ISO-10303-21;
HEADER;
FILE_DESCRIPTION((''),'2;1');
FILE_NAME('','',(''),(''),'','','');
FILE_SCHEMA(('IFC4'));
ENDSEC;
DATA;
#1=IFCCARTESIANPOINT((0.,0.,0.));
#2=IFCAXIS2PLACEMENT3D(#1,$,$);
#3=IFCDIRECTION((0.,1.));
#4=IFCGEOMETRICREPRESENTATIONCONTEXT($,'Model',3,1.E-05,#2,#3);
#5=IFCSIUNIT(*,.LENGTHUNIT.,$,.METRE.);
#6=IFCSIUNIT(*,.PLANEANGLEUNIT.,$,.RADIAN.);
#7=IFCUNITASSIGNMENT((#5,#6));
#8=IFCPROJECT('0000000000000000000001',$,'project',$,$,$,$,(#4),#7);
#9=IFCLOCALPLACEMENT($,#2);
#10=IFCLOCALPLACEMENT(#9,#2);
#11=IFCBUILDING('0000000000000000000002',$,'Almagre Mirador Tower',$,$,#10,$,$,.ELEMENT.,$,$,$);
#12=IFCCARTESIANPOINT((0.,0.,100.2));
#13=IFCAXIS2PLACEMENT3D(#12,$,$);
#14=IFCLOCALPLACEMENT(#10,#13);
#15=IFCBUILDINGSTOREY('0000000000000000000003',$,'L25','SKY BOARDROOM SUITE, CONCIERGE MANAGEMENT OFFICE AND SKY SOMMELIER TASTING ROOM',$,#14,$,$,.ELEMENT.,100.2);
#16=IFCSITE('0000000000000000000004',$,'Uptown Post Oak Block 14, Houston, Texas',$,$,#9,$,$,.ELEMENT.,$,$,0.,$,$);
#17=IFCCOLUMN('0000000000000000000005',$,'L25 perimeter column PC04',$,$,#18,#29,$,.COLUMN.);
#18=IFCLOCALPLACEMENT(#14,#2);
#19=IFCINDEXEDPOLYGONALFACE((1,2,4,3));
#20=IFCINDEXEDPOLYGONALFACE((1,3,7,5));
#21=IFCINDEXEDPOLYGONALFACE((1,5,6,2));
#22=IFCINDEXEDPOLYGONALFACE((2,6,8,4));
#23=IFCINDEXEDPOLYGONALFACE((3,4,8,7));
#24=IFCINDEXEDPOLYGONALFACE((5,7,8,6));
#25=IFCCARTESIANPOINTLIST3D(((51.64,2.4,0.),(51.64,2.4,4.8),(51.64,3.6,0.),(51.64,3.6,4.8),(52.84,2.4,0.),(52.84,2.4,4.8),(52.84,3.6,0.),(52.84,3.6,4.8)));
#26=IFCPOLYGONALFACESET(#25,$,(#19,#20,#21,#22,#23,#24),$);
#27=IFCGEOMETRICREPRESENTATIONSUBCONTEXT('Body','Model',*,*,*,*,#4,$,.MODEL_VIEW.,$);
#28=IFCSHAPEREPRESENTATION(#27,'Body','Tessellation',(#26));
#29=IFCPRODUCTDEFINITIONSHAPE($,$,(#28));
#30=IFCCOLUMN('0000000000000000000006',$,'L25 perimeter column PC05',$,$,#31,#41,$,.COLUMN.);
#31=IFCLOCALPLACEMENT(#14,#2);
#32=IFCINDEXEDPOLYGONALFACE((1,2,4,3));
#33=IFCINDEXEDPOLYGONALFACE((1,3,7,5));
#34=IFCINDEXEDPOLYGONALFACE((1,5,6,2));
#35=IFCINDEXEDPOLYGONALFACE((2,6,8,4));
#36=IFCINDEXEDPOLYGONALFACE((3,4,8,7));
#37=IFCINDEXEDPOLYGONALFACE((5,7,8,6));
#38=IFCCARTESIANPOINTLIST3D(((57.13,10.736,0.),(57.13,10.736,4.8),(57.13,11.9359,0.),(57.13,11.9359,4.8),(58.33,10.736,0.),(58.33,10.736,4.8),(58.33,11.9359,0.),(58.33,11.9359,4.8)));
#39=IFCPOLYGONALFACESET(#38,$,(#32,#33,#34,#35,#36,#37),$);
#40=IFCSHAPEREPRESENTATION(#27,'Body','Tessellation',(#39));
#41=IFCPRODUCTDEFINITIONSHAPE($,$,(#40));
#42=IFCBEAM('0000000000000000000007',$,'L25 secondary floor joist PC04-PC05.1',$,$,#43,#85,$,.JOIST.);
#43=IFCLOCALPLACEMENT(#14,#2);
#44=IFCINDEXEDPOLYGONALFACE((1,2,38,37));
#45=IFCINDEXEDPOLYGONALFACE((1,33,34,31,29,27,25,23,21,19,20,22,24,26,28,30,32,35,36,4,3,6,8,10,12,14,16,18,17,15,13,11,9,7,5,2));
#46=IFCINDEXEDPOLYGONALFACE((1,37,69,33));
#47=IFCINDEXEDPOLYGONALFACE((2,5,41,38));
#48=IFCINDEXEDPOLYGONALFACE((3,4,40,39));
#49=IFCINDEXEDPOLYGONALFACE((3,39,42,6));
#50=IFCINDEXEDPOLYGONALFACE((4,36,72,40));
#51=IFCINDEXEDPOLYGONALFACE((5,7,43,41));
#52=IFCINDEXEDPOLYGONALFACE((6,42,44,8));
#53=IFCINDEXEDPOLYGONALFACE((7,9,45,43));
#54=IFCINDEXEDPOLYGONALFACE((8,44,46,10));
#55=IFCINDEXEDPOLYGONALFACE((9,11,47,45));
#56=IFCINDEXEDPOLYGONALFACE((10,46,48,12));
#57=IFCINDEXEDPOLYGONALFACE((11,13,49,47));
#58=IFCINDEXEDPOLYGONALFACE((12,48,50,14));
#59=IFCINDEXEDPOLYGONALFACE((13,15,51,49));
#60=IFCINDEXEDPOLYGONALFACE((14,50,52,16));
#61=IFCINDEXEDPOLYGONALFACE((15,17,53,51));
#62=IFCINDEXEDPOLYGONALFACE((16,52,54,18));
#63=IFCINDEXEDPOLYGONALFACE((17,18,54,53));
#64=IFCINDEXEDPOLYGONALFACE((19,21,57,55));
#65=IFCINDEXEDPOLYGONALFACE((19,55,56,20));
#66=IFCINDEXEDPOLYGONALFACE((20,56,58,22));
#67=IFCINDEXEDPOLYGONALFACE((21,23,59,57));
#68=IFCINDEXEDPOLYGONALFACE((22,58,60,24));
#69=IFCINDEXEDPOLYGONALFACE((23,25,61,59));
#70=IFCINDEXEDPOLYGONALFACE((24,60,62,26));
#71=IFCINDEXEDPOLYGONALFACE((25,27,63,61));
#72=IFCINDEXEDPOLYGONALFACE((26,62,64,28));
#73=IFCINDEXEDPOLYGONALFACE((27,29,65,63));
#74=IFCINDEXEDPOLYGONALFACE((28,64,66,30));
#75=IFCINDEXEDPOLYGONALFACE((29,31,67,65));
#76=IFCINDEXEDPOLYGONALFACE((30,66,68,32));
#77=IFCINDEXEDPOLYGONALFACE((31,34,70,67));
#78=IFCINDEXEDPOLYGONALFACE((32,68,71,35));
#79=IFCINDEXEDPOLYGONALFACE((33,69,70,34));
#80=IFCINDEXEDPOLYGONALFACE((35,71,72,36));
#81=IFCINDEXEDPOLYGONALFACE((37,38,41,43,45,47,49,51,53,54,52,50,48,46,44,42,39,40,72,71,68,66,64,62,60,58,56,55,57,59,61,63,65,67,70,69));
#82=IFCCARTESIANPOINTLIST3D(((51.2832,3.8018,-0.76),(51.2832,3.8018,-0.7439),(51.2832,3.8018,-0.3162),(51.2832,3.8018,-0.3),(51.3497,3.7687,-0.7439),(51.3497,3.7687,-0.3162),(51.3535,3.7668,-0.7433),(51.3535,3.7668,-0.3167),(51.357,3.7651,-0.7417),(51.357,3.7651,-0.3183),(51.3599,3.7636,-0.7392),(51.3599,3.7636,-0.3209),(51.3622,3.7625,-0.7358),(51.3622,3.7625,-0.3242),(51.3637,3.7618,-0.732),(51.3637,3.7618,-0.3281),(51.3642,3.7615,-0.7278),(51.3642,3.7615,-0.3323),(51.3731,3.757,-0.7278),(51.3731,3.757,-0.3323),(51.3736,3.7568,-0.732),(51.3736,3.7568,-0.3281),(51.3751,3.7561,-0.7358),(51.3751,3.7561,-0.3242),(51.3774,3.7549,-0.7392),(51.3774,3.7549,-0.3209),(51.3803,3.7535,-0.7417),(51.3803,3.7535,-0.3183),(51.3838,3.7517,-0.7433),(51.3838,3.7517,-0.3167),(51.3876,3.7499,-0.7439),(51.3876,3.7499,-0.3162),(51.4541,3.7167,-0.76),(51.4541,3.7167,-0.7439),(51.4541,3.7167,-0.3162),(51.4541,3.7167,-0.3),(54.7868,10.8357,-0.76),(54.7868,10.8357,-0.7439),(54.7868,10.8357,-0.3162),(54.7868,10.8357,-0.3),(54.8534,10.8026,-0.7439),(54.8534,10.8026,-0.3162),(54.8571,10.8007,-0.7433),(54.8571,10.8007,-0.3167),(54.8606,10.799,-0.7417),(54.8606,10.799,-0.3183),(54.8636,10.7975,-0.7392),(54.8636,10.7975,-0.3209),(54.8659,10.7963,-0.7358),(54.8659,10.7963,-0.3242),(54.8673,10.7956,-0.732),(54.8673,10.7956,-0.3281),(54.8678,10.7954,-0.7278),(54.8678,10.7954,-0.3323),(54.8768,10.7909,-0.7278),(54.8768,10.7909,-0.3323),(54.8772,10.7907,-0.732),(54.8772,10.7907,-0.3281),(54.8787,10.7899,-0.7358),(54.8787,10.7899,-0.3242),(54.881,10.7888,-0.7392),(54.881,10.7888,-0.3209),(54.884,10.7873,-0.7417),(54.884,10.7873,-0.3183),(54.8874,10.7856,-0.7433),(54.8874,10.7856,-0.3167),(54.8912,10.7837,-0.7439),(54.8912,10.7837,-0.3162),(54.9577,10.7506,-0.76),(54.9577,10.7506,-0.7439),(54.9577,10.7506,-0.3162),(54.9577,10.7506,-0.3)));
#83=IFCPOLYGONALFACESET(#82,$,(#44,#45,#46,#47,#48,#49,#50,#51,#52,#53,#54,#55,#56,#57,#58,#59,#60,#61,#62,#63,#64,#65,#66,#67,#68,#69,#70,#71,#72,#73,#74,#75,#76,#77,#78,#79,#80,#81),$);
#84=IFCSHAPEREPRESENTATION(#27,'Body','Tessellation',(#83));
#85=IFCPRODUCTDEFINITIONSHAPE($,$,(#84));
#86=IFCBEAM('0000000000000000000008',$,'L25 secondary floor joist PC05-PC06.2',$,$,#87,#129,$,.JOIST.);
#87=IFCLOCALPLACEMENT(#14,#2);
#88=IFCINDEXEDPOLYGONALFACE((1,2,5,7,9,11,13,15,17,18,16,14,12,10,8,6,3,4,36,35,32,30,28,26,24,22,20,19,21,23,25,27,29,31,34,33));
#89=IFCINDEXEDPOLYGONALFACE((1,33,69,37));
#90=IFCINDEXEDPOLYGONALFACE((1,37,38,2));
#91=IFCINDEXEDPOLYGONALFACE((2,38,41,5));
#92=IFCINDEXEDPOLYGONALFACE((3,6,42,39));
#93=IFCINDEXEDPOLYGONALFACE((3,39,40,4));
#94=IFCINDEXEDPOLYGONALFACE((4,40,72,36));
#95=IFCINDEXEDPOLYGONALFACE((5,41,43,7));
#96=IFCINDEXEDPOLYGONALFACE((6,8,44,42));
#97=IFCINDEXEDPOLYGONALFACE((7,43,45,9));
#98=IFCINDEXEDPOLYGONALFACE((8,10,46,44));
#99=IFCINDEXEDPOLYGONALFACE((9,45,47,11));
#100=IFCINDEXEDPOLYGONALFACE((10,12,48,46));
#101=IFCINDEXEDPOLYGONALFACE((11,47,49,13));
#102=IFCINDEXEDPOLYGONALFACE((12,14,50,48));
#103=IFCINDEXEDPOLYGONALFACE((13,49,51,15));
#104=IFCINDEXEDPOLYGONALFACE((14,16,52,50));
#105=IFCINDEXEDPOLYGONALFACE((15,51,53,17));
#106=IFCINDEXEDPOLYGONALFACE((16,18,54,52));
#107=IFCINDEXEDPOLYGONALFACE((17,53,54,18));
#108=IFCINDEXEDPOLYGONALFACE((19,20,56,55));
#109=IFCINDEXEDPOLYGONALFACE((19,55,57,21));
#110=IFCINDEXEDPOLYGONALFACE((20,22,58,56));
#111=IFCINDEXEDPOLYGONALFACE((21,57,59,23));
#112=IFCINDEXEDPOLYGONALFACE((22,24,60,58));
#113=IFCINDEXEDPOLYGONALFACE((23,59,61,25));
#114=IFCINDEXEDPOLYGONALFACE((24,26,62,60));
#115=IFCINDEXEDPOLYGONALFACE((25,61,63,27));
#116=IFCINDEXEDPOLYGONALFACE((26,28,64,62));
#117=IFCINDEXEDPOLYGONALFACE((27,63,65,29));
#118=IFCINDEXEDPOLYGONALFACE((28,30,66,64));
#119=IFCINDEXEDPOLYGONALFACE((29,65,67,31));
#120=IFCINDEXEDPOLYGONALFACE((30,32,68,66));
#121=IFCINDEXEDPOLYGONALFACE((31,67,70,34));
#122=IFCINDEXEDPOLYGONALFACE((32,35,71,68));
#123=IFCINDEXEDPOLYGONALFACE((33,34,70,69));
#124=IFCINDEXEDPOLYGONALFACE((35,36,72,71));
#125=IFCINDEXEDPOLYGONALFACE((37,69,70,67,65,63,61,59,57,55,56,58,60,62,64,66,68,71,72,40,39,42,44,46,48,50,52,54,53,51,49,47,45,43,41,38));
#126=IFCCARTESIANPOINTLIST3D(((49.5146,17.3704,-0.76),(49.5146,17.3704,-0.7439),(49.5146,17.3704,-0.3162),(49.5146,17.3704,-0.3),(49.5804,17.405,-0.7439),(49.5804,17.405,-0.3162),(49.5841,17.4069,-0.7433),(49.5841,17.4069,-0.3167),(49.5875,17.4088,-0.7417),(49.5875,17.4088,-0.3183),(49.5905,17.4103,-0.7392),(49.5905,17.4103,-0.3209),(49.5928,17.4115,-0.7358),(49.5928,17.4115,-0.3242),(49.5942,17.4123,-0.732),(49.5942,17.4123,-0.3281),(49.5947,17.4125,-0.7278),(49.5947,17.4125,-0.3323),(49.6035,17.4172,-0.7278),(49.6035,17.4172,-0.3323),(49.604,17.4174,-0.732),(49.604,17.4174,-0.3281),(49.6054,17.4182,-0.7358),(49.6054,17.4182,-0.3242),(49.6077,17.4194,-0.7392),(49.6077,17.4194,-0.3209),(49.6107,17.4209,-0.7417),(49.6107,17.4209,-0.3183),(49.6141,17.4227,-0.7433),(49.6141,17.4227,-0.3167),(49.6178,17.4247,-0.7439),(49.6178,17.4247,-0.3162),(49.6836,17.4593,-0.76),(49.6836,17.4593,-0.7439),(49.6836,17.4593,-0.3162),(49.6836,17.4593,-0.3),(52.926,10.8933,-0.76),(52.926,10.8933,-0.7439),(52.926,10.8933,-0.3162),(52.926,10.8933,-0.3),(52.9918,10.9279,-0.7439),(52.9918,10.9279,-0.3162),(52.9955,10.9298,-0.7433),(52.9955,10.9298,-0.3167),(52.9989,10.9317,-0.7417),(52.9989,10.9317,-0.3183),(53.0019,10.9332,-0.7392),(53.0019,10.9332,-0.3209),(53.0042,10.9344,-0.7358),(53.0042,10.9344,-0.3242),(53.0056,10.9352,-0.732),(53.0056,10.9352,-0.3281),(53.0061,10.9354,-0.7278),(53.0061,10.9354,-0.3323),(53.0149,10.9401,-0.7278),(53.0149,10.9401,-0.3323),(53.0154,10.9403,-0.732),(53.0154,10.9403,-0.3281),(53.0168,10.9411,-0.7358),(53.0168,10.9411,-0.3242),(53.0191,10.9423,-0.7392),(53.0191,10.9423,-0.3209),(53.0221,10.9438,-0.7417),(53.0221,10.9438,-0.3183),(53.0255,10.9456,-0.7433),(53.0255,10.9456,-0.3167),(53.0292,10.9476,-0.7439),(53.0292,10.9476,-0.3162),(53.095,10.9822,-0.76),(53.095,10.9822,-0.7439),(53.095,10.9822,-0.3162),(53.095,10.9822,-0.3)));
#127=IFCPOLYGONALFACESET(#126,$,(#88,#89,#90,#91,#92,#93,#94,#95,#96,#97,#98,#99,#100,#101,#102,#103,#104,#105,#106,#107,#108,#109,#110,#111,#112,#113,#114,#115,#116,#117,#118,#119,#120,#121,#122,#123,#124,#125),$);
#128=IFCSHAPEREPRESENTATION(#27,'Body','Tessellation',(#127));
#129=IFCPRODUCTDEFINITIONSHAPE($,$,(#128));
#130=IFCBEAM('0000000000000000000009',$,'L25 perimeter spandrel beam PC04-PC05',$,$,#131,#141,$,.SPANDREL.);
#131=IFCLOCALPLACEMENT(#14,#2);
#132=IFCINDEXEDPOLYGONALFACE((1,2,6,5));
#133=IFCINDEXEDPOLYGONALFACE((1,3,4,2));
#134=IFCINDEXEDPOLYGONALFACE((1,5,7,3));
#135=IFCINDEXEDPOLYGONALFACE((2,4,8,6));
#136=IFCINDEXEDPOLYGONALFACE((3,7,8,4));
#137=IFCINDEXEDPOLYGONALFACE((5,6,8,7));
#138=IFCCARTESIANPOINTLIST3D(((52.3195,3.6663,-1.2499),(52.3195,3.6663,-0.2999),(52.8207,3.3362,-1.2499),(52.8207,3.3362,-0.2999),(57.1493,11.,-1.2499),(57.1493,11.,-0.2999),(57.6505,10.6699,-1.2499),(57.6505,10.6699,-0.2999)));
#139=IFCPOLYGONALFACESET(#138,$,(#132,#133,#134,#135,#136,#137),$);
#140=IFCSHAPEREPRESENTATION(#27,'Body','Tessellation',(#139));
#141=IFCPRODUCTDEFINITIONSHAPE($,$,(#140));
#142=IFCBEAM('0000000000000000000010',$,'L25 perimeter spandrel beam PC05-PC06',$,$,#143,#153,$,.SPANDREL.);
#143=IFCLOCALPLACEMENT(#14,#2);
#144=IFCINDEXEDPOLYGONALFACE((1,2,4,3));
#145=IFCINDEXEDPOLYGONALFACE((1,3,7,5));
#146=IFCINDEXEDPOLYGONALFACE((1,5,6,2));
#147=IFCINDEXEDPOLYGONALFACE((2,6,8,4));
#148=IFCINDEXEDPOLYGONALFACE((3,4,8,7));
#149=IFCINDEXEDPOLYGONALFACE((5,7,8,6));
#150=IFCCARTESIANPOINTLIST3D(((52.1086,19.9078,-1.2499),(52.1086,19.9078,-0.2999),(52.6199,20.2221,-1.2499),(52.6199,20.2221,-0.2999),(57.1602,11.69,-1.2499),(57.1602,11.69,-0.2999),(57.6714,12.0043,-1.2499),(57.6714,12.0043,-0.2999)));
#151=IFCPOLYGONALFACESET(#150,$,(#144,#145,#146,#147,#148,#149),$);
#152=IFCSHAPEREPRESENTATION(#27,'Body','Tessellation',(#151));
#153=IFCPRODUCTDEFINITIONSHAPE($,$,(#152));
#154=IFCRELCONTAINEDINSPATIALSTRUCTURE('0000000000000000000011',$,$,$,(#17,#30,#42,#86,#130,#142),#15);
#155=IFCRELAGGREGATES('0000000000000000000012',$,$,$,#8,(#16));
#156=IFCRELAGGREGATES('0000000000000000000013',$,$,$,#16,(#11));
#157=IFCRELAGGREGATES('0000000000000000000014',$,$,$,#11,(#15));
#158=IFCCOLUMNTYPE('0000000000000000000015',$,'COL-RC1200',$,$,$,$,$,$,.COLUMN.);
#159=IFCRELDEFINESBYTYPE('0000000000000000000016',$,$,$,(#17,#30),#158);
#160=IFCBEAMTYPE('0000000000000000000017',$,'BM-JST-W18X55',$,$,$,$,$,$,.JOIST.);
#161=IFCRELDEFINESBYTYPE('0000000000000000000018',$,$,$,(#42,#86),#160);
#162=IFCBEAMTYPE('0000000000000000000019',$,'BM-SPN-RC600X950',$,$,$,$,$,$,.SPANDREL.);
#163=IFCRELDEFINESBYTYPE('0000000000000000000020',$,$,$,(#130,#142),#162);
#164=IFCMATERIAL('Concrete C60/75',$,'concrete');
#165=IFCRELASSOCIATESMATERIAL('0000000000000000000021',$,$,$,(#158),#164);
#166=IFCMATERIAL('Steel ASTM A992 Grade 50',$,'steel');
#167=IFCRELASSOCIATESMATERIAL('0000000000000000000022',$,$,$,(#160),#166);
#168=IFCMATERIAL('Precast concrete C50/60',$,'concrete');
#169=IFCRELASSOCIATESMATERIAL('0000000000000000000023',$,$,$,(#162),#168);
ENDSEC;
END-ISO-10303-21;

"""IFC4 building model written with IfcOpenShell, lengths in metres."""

from ifc_helpers import new_model, si_unit, direction, frame, origin, origin_2d, place, context, subcontext, project, spatial, rectangle, i_section, extrude, material, material_profile, profile_set, type_object, element, save


model = new_model("IFC4")

# Units and contexts
model_context = context("Model", 3, precision=1e-05, world=origin(), true_north=direction((0.0, 1.0)))
body_context = subcontext(model_context, "Body", "Model", "MODEL_VIEW")
ifc_project = project(units=[si_unit("LENGTHUNIT", "METRE"), si_unit("PLANEANGLEUNIT", "RADIAN")], contexts=[model_context])

# Site, building, storey
site_placement = place(None, origin())
site = spatial("IfcSite", under=ifc_project, at=site_placement, Name="Uptown Post Oak Block 14, Houston, Texas", CompositionType="ELEMENT", RefElevation=0.0)
building_placement = place(site_placement, origin())
building = spatial("IfcBuilding", under=site, at=building_placement, Name="Almagre Mirador Tower", CompositionType="ELEMENT")
storey_placement = place(building_placement, frame((0.0, 0.0, 100.2)))
storey = spatial("IfcBuildingStorey", under=building, at=storey_placement, Name="L25", Description="SKY BOARDROOM SUITE, CONCIERGE MANAGEMENT OFFICE AND SKY SOMMELIER TASTING ROOM", CompositionType="ELEMENT", Elevation=100.2)

# Columns
ifc_material_1 = material(Name="Concrete C60/75", Category="concrete")
ifc_material_profile_1 = material_profile(ifc_material_1, rectangle(XDim=1.2, YDim=1.2, at=origin_2d()), Name="RC1200X1200")
ifc_profile_set_1 = profile_set([ifc_material_profile_1], Name="Concrete C60/75")
column_type = type_object("IfcColumnType", Name="COL-RC1200", PredefinedType="COLUMN", material=ifc_profile_set_1)
for number, where, z_axis, x_axis, name in (
    (1, (52.24, 3.0, 0.0), (0.0, 0.0, 1.0), (1.0, 0.0, 0.0), "L25 perimeter column PC04"),
    (2, (57.73, 11.3359, 0.0), (0.0, 0.0, 1.0), (1.0, 0.0, 0.0), "L25 perimeter column PC05"),
):
    element("IfcColumn", number, at=place(storey_placement, frame(where, z_axis=z_axis, x_axis=x_axis)), inside=storey, type_object=column_type, Name=name, PredefinedType="COLUMN", context=body_context, shape_type="SweptSolid", body=[
        extrude(rectangle(XDim=1.2, YDim=1.2, at=origin_2d()), origin(), (0.0, 0.0, 1.0), 4.8),
    ])

# Beams
ifc_material_2 = material(Name="Steel ASTM A992 Grade 50", Category="steel")
ifc_material_profile_2 = material_profile(ifc_material_2, i_section(OverallWidth=0.1909, OverallDepth=0.46, WebThickness=0.01, FlangeThickness=0.0161, FilletRadius=0.0161, at=origin_2d()), Name="W18X55")
ifc_profile_set_2 = profile_set([ifc_material_profile_2], Name="Steel ASTM A992 Grade 50")
beam_type_1 = type_object("IfcBeamType", Name="BM-JST-W18X55", PredefinedType="JOIST", material=ifc_profile_set_2)
beam_1_placement = place(storey_placement, frame((51.3687, 3.7593, -0.53), z_axis=(0.445859, 0.895103, 0.0), x_axis=(-0.895103, 0.445859, 0.0)))
element("IfcBeam", 3, at=beam_1_placement, inside=storey, type_object=beam_type_1, Name="L25 secondary floor joist PC04-PC05.1", PredefinedType="JOIST", context=body_context, shape_type="SweptSolid", body=[
    extrude(i_section(OverallWidth=0.1909, OverallDepth=0.46, WebThickness=0.01, FlangeThickness=0.0161, FilletRadius=0.0161, at=origin_2d()), origin(), (0.0, 0.0, 1.0), 7.8582),
])
beam_2_placement = place(storey_placement, frame((53.0105, 10.9377, -0.53), z_axis=(-0.466003, 0.884783, 0.0), x_axis=(-0.884783, -0.466003, 0.0)))
element("IfcBeam", 4, at=beam_2_placement, inside=storey, type_object=beam_type_1, Name="L25 secondary floor joist PC05-PC06.2", PredefinedType="JOIST", context=body_context, shape_type="SweptSolid", body=[
    extrude(i_section(OverallWidth=0.1909, OverallDepth=0.46, WebThickness=0.01, FlangeThickness=0.0161, FilletRadius=0.0161, at=origin_2d()), origin(), (0.0, 0.0, 1.0), 7.3206),
])
ifc_material_3 = material(Name="Precast concrete C50/60", Category="concrete")
ifc_material_profile_3 = material_profile(ifc_material_3, rectangle(XDim=0.6001, YDim=0.95, at=origin_2d()), Name="RC600X950")
ifc_profile_set_3 = profile_set([ifc_material_profile_3], Name="Precast concrete C50/60")
beam_type_2 = type_object("IfcBeamType", Name="BM-SPN-RC600X950", PredefinedType="SPANDREL", material=ifc_profile_set_3)
beam_3_placement = place(storey_placement, frame((52.5701, 3.5012, -0.7749), z_axis=(0.550014, 0.835155, 0.0), x_axis=(-0.835155, 0.550014, 0.0)))
element("IfcBeam", 5, at=beam_3_placement, inside=storey, type_object=beam_type_2, Name="L25 perimeter spandrel beam PC04-PC05", PredefinedType="SPANDREL", context=body_context, shape_type="SweptSolid", body=[
    extrude(rectangle(XDim=0.6001, YDim=0.95, at=origin_2d()), origin(), (0.0, 0.0, 1.0), 8.7812),
])
beam_4_placement = place(storey_placement, frame((57.4158, 11.8472, -0.7749), z_axis=(-0.523678, 0.851916, 0.0), x_axis=(-0.851916, -0.523678, 0.0)))
element("IfcBeam", 6, at=beam_4_placement, inside=storey, type_object=beam_type_2, Name="L25 perimeter spandrel beam PC05-PC06", PredefinedType="SPANDREL", context=body_context, shape_type="SweptSolid", body=[
    extrude(rectangle(XDim=0.6001, YDim=0.95, at=origin_2d()), origin(), (0.0, 0.0, 1.0), 9.6462),
])

save(model, "model.ifc")
